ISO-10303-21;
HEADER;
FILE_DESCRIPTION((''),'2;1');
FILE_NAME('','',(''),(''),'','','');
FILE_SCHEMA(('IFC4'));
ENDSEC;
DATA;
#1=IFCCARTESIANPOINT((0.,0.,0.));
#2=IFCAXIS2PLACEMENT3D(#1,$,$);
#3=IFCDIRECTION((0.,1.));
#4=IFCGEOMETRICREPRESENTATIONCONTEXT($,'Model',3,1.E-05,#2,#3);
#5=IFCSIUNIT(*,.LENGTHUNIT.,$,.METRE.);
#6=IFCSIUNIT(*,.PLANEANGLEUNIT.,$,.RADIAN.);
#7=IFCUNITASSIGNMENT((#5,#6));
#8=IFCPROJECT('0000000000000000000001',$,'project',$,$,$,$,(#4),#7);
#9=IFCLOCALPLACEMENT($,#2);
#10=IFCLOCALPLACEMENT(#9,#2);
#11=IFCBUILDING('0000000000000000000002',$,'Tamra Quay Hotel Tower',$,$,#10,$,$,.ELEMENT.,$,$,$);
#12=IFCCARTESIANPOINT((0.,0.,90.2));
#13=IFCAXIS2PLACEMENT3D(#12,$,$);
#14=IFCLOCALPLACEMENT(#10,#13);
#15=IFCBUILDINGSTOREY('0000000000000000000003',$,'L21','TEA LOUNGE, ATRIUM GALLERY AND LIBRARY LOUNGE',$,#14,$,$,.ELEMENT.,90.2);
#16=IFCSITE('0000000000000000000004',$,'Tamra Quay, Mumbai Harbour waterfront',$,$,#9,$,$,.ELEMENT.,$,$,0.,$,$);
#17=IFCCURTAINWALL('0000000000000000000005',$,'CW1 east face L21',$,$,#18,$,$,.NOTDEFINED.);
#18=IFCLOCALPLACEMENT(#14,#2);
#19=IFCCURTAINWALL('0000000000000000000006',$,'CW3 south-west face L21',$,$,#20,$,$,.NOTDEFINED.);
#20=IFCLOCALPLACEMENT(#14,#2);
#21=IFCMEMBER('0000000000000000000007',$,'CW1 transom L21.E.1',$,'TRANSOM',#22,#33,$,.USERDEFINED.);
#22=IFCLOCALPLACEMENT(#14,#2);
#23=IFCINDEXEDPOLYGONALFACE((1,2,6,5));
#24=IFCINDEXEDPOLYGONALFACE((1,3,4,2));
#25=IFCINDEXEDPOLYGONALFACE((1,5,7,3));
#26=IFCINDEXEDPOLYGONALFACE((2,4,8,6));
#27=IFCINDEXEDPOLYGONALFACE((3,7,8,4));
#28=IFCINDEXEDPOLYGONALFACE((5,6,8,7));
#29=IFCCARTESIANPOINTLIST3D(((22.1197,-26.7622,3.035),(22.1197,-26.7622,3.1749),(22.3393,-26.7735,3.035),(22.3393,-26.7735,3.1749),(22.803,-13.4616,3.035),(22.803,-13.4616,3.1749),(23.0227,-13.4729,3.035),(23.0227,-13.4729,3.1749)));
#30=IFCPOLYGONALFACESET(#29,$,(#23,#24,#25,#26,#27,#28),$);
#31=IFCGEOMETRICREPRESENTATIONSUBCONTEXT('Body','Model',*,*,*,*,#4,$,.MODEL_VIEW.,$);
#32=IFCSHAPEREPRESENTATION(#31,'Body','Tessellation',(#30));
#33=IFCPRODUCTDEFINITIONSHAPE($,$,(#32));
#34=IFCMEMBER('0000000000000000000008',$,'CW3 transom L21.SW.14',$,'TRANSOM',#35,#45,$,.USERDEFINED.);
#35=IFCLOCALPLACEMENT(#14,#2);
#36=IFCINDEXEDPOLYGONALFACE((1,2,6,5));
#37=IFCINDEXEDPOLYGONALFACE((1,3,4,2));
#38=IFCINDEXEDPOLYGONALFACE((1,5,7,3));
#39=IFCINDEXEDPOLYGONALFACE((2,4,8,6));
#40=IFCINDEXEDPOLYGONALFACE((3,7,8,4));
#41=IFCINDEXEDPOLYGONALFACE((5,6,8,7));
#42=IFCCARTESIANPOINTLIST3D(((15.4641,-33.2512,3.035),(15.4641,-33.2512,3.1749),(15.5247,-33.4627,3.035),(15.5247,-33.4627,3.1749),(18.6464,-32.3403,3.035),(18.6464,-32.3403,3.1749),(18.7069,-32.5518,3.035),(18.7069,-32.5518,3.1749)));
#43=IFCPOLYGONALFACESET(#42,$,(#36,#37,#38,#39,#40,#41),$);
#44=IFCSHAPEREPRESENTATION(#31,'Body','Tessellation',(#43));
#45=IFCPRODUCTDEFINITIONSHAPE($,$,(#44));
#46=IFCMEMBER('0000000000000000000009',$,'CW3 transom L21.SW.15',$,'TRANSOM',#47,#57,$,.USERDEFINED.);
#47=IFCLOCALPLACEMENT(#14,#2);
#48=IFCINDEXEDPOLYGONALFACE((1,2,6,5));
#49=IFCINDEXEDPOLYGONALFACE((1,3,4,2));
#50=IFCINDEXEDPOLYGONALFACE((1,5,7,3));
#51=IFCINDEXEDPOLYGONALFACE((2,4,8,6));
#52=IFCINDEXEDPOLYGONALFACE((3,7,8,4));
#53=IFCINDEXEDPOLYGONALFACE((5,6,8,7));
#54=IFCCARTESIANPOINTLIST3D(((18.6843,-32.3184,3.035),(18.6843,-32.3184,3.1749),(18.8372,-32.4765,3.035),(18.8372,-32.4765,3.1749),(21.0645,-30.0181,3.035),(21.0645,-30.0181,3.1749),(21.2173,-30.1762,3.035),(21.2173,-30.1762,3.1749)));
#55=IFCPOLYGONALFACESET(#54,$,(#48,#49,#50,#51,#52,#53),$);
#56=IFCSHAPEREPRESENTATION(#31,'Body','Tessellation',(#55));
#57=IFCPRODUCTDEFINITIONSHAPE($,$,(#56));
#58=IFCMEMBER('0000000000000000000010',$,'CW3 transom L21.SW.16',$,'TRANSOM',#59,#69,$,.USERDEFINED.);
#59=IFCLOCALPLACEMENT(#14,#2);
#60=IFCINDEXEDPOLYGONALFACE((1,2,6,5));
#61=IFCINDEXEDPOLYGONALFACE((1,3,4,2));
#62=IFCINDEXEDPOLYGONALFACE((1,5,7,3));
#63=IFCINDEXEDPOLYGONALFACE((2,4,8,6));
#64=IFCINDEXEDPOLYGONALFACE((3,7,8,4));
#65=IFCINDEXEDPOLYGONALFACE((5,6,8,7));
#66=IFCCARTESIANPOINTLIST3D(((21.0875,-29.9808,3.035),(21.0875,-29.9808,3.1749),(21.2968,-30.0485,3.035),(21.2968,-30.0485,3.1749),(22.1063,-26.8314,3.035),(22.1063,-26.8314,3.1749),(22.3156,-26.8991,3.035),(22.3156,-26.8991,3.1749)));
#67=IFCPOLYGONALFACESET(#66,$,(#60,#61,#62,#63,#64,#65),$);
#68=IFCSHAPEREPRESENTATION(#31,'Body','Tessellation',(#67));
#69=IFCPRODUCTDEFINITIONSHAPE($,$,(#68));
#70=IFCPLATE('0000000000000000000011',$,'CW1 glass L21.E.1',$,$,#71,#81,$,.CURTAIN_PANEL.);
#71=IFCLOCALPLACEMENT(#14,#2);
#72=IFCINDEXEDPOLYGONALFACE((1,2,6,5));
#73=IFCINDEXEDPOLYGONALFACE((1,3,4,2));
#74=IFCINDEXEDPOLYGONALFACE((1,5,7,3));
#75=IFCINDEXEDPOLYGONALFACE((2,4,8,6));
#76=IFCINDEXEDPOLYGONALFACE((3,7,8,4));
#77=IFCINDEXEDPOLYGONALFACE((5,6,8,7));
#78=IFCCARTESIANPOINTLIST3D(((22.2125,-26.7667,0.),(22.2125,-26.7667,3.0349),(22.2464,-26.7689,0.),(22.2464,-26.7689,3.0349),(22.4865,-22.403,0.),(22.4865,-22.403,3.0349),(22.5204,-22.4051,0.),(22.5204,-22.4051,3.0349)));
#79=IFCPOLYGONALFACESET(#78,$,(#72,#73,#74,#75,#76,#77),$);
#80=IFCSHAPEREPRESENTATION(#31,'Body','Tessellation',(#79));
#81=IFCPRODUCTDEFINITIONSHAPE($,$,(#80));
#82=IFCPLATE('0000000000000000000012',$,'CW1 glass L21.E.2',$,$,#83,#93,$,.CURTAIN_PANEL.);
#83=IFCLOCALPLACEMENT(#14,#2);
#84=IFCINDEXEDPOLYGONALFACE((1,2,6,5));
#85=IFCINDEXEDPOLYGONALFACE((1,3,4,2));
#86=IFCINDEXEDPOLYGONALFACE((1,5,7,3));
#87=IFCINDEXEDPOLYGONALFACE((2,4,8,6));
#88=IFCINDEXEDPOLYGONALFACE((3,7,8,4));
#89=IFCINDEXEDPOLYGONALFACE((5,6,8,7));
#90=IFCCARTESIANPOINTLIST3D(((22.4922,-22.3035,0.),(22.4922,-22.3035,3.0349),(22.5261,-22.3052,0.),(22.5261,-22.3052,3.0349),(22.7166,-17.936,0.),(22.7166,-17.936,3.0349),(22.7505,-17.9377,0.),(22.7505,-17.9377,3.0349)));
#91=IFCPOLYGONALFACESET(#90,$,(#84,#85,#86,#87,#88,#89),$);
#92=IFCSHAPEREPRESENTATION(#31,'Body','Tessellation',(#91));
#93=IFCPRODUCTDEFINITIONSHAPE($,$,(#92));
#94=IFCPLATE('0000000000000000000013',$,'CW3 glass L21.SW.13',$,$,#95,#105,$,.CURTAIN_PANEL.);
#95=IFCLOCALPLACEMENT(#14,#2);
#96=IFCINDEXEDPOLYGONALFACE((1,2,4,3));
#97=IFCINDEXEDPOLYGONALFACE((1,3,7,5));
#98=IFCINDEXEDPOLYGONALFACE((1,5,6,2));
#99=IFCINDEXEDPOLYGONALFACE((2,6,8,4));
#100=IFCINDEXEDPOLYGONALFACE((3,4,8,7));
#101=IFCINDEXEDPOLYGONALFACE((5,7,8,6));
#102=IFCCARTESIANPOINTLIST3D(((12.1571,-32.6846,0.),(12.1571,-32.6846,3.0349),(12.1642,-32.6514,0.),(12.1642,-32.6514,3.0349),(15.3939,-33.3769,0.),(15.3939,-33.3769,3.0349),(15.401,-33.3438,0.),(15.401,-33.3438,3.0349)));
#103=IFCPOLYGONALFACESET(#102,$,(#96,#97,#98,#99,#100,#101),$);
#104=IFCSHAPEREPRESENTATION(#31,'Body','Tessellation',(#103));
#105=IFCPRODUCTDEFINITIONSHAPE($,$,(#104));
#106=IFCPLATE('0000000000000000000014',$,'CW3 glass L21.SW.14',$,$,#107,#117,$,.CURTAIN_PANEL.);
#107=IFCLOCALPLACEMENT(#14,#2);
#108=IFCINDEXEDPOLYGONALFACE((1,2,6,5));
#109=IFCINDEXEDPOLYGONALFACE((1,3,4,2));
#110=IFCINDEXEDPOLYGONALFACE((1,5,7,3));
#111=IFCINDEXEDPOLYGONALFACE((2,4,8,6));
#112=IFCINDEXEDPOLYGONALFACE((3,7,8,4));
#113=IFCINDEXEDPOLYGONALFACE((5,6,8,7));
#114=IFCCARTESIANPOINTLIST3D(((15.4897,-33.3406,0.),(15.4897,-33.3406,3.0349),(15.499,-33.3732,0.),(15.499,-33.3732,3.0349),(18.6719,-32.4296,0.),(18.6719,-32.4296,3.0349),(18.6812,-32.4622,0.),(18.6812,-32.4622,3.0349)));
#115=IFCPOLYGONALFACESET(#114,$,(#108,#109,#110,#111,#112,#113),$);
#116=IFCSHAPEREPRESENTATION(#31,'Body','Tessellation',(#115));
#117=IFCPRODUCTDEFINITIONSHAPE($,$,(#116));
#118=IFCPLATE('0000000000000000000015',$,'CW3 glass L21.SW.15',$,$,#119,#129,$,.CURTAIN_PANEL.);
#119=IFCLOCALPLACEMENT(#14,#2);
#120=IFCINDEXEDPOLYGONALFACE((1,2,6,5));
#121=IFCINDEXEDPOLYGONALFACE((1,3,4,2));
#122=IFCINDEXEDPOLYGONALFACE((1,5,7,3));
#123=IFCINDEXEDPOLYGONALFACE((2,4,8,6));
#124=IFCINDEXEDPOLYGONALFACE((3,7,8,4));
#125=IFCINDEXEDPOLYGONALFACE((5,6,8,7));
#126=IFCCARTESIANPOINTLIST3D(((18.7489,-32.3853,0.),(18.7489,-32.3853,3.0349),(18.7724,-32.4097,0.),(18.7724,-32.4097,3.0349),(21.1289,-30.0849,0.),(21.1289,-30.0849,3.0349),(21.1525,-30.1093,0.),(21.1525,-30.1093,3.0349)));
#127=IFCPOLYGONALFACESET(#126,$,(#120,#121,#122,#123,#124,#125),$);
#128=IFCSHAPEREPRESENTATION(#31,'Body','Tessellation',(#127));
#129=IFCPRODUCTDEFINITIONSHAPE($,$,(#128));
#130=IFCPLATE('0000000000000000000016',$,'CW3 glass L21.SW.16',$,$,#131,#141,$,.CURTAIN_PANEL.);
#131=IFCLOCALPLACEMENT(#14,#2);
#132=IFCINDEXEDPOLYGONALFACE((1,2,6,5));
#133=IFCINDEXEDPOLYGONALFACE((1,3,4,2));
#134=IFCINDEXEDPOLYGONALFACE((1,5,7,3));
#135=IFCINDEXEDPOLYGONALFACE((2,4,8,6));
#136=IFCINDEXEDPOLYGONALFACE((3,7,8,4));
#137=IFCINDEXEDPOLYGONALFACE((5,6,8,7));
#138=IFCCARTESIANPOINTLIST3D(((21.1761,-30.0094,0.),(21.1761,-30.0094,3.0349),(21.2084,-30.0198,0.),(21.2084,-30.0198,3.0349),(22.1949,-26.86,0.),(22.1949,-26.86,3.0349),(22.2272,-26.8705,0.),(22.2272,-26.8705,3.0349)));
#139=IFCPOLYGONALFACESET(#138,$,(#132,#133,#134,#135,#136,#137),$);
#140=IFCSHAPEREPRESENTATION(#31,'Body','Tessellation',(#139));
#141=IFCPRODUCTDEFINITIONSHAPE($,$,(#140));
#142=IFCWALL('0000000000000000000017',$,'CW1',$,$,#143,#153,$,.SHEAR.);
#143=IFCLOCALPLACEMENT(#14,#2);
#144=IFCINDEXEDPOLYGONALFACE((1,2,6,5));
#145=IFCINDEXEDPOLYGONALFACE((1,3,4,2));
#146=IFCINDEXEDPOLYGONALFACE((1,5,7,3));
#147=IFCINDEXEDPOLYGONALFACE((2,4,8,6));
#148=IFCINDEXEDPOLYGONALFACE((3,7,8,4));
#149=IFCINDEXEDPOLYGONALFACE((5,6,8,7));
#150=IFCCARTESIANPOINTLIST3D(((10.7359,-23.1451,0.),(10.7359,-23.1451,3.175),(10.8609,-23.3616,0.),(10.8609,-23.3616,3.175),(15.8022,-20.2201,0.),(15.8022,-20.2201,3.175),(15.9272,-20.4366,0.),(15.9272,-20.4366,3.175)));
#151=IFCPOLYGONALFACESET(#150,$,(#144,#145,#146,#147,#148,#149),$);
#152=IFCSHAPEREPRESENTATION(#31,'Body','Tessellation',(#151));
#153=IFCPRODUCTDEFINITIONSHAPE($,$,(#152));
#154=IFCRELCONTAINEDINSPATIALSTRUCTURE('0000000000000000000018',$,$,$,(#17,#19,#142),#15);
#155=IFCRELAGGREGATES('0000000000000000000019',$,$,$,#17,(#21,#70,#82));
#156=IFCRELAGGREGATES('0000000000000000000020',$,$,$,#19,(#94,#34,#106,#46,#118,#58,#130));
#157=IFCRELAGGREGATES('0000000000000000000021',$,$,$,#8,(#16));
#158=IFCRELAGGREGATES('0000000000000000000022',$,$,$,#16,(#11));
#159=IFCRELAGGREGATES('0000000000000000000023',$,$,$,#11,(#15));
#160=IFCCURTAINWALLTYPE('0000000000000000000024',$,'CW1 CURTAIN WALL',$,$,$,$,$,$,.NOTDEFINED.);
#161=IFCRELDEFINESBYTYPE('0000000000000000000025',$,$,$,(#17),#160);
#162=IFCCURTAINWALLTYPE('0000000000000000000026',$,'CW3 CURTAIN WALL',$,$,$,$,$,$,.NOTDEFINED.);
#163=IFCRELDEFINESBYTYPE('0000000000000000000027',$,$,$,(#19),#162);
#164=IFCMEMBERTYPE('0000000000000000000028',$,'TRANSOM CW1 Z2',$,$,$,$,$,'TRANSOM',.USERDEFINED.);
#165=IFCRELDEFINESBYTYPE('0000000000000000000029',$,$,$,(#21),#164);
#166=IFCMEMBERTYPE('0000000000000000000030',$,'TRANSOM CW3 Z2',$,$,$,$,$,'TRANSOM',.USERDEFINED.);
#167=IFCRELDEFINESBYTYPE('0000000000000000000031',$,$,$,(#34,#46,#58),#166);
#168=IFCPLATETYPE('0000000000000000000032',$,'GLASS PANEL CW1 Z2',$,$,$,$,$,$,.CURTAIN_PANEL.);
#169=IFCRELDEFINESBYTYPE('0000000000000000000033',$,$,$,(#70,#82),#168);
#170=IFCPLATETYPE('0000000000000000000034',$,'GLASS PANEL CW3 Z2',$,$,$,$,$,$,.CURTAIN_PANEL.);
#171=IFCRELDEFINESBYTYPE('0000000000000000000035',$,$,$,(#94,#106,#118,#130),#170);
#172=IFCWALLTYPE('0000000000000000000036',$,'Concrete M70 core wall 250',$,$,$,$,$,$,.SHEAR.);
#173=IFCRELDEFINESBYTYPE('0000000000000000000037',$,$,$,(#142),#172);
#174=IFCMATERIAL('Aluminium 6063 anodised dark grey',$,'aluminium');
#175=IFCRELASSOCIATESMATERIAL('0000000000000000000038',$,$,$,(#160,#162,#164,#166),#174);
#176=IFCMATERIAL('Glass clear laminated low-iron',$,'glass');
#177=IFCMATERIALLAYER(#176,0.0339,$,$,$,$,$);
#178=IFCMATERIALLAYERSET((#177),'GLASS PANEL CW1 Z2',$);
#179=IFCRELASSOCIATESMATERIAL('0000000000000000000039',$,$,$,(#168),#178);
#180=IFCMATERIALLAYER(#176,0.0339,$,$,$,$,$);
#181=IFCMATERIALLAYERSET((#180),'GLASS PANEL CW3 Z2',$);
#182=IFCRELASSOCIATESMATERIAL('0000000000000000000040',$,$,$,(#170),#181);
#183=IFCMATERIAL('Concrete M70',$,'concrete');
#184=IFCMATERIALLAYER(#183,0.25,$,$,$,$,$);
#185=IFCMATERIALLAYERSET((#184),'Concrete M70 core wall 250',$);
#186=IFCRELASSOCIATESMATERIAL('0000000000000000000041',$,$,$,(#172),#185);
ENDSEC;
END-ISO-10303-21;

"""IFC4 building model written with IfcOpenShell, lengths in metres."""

from ifc_helpers import new_model, si_unit, direction, frame, frame_2d, origin, origin_2d, place, context, subcontext, project, spatial, rectangle, extrude, material, layer, layer_set, material_profile, profile_set, type_object, element, aggregate, save


model = new_model("IFC4")

# Units and contexts
model_context = context("Model", 3, precision=1e-05, world=origin(), true_north=direction((0.0, 1.0)))
body_context = subcontext(model_context, "Body", "Model", "MODEL_VIEW")
ifc_project = project(units=[si_unit("LENGTHUNIT", "METRE"), si_unit("PLANEANGLEUNIT", "RADIAN")], contexts=[model_context])

# Site, building, storey
site_placement = place(None, origin())
site = spatial("IfcSite", under=ifc_project, at=site_placement, Name="Tamra Quay, Mumbai Harbour waterfront", CompositionType="ELEMENT", RefElevation=0.0)
building_placement = place(site_placement, origin())
building = spatial("IfcBuilding", under=site, at=building_placement, Name="Tamra Quay Hotel Tower", CompositionType="ELEMENT")
storey_placement = place(building_placement, frame((0.0, 0.0, 90.2)))
storey = spatial("IfcBuildingStorey", under=building, at=storey_placement, Name="L21", Description="TEA LOUNGE, ATRIUM GALLERY AND LIBRARY LOUNGE", CompositionType="ELEMENT", Elevation=90.2)

# Shared definitions
ifc_material_1 = material(Name="Concrete M70", Category="concrete")

# Curtain walls
ifc_material_2 = material(Name="Aluminium 6063 anodised dark grey", Category="aluminium")
curtain_wall_type_1 = type_object("IfcCurtainWallType", Name="CW1 CURTAIN WALL", PredefinedType="NOTDEFINED", material=ifc_material_2)
curtain_wall_1_placement = place(storey_placement, origin())
curtain_wall_1 = element("IfcCurtainWall", 1, at=curtain_wall_1_placement, inside=storey, type_object=curtain_wall_type_1, Name="CW1 east face L21", PredefinedType="NOTDEFINED")
curtain_wall_type_2 = type_object("IfcCurtainWallType", Name="CW3 CURTAIN WALL", PredefinedType="NOTDEFINED", material=ifc_material_2)
curtain_wall_2_placement = place(storey_placement, origin())
curtain_wall_2 = element("IfcCurtainWall", 2, at=curtain_wall_2_placement, inside=storey, type_object=curtain_wall_type_2, Name="CW3 south-west face L21", PredefinedType="NOTDEFINED")

# Members
ifc_material_profile_1 = material_profile(ifc_material_2, rectangle(XDim=0.22, YDim=0.1399, at=origin_2d()), Name="TRANSOM 220X140")
ifc_profile_set_1 = profile_set([ifc_material_profile_1], Name="Aluminium 6063 anodised dark grey")
member_type_1 = type_object("IfcMemberType", Name="TRANSOM CW1 Z2", ElementType="TRANSOM", PredefinedType="USERDEFINED", material=ifc_profile_set_1)
member_1_placement = place(storey_placement, frame((22.2295, -26.7678, 3.105), z_axis=(0.05131, 0.998683, 0.0), x_axis=(-0.998683, 0.05131, 0.0)))
member_1 = element("IfcMember", 3, at=member_1_placement, type_object=member_type_1, Name="CW1 transom L21.E.1", ObjectType="TRANSOM", PredefinedType="USERDEFINED", context=body_context, shape_type="SweptSolid", body=[
    extrude(rectangle(XDim=0.22, YDim=0.1399, at=origin_2d()), origin(), (0.0, 0.0, 1.0), 13.3181),
])
ifc_material_profile_2 = material_profile(ifc_material_2, rectangle(XDim=0.22, YDim=0.1399, at=origin_2d()), Name="TRANSOM 220X140")
ifc_profile_set_2 = profile_set([ifc_material_profile_2], Name="Aluminium 6063 anodised dark grey")
member_type_2 = type_object("IfcMemberType", Name="TRANSOM CW3 Z2", ElementType="TRANSOM", PredefinedType="USERDEFINED", material=ifc_profile_set_2)
member_2_placement = place(storey_placement, frame((15.4944, -33.3569, 3.105), z_axis=(0.961393, 0.275179, 0.0), x_axis=(-0.275179, 0.961393, 0.0)))
member_2 = element("IfcMember", 4, at=member_2_placement, type_object=member_type_2, Name="CW3 transom L21.SW.14", ObjectType="TRANSOM", PredefinedType="USERDEFINED", context=body_context, shape_type="SweptSolid", body=[
    extrude(rectangle(XDim=0.22, YDim=0.1399, at=origin_2d()), origin(), (0.0, 0.0, 1.0), 3.3101),
])
member_3_placement = place(storey_placement, frame((18.7607, -32.3975, 3.105), z_axis=(0.719063, 0.694945, 0.0), x_axis=(-0.694945, 0.719063, 0.0)))
member_3 = element("IfcMember", 5, at=member_3_placement, type_object=member_type_2, Name="CW3 transom L21.SW.15", ObjectType="TRANSOM", PredefinedType="USERDEFINED", context=body_context, shape_type="SweptSolid", body=[
    extrude(rectangle(XDim=0.22, YDim=0.1399, at=origin_2d()), origin(), (0.0, 0.0, 1.0), 3.3101),
])
member_4_placement = place(storey_placement, frame((21.1921, -30.0146, 3.105), z_axis=(0.307785, 0.951456, 0.0), x_axis=(-0.951456, 0.307785, 0.0)))
member_4 = element("IfcMember", 6, at=member_4_placement, type_object=member_type_2, Name="CW3 transom L21.SW.16", ObjectType="TRANSOM", PredefinedType="USERDEFINED", context=body_context, shape_type="SweptSolid", body=[
    extrude(rectangle(XDim=0.22, YDim=0.1399, at=origin_2d()), origin(), (0.0, 0.0, 1.0), 3.3101),
])

# Plates
ifc_material_3 = material(Name="Glass clear laminated low-iron", Category="glass")
ifc_layer_1 = layer(ifc_material_3, 0.0339)
ifc_layer_set_1 = layer_set([ifc_layer_1], Name="GLASS PANEL CW1 Z2")
plate_type_1 = type_object("IfcPlateType", Name="GLASS PANEL CW1 Z2", PredefinedType="CURTAIN_PANEL", material=ifc_layer_set_1)
plate_1_placement = place(storey_placement, frame((22.3665, -24.5859, 0.0), z_axis=(0.0, 0.0, 1.0), x_axis=(0.06267, 0.998034, 0.0)))
plate_1 = element("IfcPlate", 7, at=plate_1_placement, type_object=plate_type_1, Name="CW1 glass L21.E.1", PredefinedType="CURTAIN_PANEL", context=body_context, shape_type="SweptSolid", body=[
    extrude(rectangle(XDim=4.3723, YDim=0.0339, at=origin_2d()), origin(), (0.0, 0.0, 1.0), 3.0349),
])
plate_2_placement = place(storey_placement, frame((22.6213, -20.1206, 0.0), z_axis=(0.0, 0.0, 1.0), x_axis=(0.051321, 0.998682, 0.0)))
plate_2 = element("IfcPlate", 8, at=plate_2_placement, type_object=plate_type_1, Name="CW1 glass L21.E.2", PredefinedType="CURTAIN_PANEL", context=body_context, shape_type="SweptSolid", body=[
    extrude(rectangle(XDim=4.3733, YDim=0.0339, at=origin_2d()), origin(), (0.0, 0.0, 1.0), 3.0349),
])
aggregate(curtain_wall_1, [member_1, plate_1, plate_2])
ifc_layer_2 = layer(ifc_material_3, 0.0339)
ifc_layer_set_2 = layer_set([ifc_layer_2], Name="GLASS PANEL CW3 Z2")
plate_type_2 = type_object("IfcPlateType", Name="GLASS PANEL CW3 Z2", PredefinedType="CURTAIN_PANEL", material=ifc_layer_set_2)
plate_3_placement = place(storey_placement, frame((13.7791, -33.0142, 0.0), z_axis=(0.0, 0.0, 1.0), x_axis=(0.977879, -0.209172, 0.0)))
plate_3 = element("IfcPlate", 9, at=plate_3_placement, type_object=plate_type_2, Name="CW3 glass L21.SW.13", PredefinedType="CURTAIN_PANEL", context=body_context, shape_type="SweptSolid", body=[
    extrude(rectangle(XDim=3.3101, YDim=0.0339, at=origin_2d()), origin(), (0.0, 0.0, 1.0), 3.0349),
])
plate_4_placement = place(storey_placement, frame((17.0854, -32.9014, 0.0), z_axis=(0.0, 0.0, 1.0), x_axis=(0.96138, 0.275224, 0.0)))
plate_4 = element("IfcPlate", 10, at=plate_4_placement, type_object=plate_type_2, Name="CW3 glass L21.SW.14", PredefinedType="CURTAIN_PANEL", context=body_context, shape_type="SweptSolid", body=[
    extrude(rectangle(XDim=3.3101, YDim=0.0339, at=origin_2d()), origin(), (0.0, 0.0, 1.0), 3.0349),
])
plate_5_placement = place(storey_placement, frame((19.9507, -31.2473, 0.0), z_axis=(0.0, 0.0, 1.0), x_axis=(0.719041, 0.694967, 0.0)))
plate_5 = element("IfcPlate", 11, at=plate_5_placement, type_object=plate_type_2, Name="CW3 glass L21.SW.15", PredefinedType="CURTAIN_PANEL", context=body_context, shape_type="SweptSolid", body=[
    extrude(rectangle(XDim=3.3101, YDim=0.0339, at=origin_2d()), origin(), (0.0, 0.0, 1.0), 3.0349),
])
plate_6_placement = place(storey_placement, frame((21.7017, -28.4399, 0.0), z_axis=(0.0, 0.0, 1.0), x_axis=(0.307791, 0.951454, 0.0)))
plate_6 = element("IfcPlate", 12, at=plate_6_placement, type_object=plate_type_2, Name="CW3 glass L21.SW.16", PredefinedType="CURTAIN_PANEL", context=body_context, shape_type="SweptSolid", body=[
    extrude(rectangle(XDim=3.3101, YDim=0.0339, at=origin_2d()), origin(), (0.0, 0.0, 1.0), 3.0349),
])
aggregate(curtain_wall_2, [plate_3, member_2, plate_4, member_3, plate_5, member_4, plate_6])

# Wall
ifc_layer_3 = layer(ifc_material_1, 0.25)
ifc_layer_set_3 = layer_set([ifc_layer_3], Name="Concrete M70 core wall 250")
wall_type = type_object("IfcWallType", Name="Concrete M70 core wall 250", PredefinedType="SHEAR", material=ifc_layer_set_3)
wall_placement = place(storey_placement, frame((15.8647, -20.3284, 0.0), z_axis=(0.0, 0.0, 1.0), x_axis=(-0.866029, -0.499995, 0.0)))
element("IfcWall", 13, at=wall_placement, inside=storey, type_object=wall_type, Name="CW1", PredefinedType="SHEAR", context=body_context, shape_type="SweptSolid", body=[
    extrude(rectangle(XDim=5.8501, YDim=0.25, at=frame_2d((2.925, 0.0))), origin(), (0.0, 0.0, 1.0), 3.175),
])

save(model, "model.ifc")
